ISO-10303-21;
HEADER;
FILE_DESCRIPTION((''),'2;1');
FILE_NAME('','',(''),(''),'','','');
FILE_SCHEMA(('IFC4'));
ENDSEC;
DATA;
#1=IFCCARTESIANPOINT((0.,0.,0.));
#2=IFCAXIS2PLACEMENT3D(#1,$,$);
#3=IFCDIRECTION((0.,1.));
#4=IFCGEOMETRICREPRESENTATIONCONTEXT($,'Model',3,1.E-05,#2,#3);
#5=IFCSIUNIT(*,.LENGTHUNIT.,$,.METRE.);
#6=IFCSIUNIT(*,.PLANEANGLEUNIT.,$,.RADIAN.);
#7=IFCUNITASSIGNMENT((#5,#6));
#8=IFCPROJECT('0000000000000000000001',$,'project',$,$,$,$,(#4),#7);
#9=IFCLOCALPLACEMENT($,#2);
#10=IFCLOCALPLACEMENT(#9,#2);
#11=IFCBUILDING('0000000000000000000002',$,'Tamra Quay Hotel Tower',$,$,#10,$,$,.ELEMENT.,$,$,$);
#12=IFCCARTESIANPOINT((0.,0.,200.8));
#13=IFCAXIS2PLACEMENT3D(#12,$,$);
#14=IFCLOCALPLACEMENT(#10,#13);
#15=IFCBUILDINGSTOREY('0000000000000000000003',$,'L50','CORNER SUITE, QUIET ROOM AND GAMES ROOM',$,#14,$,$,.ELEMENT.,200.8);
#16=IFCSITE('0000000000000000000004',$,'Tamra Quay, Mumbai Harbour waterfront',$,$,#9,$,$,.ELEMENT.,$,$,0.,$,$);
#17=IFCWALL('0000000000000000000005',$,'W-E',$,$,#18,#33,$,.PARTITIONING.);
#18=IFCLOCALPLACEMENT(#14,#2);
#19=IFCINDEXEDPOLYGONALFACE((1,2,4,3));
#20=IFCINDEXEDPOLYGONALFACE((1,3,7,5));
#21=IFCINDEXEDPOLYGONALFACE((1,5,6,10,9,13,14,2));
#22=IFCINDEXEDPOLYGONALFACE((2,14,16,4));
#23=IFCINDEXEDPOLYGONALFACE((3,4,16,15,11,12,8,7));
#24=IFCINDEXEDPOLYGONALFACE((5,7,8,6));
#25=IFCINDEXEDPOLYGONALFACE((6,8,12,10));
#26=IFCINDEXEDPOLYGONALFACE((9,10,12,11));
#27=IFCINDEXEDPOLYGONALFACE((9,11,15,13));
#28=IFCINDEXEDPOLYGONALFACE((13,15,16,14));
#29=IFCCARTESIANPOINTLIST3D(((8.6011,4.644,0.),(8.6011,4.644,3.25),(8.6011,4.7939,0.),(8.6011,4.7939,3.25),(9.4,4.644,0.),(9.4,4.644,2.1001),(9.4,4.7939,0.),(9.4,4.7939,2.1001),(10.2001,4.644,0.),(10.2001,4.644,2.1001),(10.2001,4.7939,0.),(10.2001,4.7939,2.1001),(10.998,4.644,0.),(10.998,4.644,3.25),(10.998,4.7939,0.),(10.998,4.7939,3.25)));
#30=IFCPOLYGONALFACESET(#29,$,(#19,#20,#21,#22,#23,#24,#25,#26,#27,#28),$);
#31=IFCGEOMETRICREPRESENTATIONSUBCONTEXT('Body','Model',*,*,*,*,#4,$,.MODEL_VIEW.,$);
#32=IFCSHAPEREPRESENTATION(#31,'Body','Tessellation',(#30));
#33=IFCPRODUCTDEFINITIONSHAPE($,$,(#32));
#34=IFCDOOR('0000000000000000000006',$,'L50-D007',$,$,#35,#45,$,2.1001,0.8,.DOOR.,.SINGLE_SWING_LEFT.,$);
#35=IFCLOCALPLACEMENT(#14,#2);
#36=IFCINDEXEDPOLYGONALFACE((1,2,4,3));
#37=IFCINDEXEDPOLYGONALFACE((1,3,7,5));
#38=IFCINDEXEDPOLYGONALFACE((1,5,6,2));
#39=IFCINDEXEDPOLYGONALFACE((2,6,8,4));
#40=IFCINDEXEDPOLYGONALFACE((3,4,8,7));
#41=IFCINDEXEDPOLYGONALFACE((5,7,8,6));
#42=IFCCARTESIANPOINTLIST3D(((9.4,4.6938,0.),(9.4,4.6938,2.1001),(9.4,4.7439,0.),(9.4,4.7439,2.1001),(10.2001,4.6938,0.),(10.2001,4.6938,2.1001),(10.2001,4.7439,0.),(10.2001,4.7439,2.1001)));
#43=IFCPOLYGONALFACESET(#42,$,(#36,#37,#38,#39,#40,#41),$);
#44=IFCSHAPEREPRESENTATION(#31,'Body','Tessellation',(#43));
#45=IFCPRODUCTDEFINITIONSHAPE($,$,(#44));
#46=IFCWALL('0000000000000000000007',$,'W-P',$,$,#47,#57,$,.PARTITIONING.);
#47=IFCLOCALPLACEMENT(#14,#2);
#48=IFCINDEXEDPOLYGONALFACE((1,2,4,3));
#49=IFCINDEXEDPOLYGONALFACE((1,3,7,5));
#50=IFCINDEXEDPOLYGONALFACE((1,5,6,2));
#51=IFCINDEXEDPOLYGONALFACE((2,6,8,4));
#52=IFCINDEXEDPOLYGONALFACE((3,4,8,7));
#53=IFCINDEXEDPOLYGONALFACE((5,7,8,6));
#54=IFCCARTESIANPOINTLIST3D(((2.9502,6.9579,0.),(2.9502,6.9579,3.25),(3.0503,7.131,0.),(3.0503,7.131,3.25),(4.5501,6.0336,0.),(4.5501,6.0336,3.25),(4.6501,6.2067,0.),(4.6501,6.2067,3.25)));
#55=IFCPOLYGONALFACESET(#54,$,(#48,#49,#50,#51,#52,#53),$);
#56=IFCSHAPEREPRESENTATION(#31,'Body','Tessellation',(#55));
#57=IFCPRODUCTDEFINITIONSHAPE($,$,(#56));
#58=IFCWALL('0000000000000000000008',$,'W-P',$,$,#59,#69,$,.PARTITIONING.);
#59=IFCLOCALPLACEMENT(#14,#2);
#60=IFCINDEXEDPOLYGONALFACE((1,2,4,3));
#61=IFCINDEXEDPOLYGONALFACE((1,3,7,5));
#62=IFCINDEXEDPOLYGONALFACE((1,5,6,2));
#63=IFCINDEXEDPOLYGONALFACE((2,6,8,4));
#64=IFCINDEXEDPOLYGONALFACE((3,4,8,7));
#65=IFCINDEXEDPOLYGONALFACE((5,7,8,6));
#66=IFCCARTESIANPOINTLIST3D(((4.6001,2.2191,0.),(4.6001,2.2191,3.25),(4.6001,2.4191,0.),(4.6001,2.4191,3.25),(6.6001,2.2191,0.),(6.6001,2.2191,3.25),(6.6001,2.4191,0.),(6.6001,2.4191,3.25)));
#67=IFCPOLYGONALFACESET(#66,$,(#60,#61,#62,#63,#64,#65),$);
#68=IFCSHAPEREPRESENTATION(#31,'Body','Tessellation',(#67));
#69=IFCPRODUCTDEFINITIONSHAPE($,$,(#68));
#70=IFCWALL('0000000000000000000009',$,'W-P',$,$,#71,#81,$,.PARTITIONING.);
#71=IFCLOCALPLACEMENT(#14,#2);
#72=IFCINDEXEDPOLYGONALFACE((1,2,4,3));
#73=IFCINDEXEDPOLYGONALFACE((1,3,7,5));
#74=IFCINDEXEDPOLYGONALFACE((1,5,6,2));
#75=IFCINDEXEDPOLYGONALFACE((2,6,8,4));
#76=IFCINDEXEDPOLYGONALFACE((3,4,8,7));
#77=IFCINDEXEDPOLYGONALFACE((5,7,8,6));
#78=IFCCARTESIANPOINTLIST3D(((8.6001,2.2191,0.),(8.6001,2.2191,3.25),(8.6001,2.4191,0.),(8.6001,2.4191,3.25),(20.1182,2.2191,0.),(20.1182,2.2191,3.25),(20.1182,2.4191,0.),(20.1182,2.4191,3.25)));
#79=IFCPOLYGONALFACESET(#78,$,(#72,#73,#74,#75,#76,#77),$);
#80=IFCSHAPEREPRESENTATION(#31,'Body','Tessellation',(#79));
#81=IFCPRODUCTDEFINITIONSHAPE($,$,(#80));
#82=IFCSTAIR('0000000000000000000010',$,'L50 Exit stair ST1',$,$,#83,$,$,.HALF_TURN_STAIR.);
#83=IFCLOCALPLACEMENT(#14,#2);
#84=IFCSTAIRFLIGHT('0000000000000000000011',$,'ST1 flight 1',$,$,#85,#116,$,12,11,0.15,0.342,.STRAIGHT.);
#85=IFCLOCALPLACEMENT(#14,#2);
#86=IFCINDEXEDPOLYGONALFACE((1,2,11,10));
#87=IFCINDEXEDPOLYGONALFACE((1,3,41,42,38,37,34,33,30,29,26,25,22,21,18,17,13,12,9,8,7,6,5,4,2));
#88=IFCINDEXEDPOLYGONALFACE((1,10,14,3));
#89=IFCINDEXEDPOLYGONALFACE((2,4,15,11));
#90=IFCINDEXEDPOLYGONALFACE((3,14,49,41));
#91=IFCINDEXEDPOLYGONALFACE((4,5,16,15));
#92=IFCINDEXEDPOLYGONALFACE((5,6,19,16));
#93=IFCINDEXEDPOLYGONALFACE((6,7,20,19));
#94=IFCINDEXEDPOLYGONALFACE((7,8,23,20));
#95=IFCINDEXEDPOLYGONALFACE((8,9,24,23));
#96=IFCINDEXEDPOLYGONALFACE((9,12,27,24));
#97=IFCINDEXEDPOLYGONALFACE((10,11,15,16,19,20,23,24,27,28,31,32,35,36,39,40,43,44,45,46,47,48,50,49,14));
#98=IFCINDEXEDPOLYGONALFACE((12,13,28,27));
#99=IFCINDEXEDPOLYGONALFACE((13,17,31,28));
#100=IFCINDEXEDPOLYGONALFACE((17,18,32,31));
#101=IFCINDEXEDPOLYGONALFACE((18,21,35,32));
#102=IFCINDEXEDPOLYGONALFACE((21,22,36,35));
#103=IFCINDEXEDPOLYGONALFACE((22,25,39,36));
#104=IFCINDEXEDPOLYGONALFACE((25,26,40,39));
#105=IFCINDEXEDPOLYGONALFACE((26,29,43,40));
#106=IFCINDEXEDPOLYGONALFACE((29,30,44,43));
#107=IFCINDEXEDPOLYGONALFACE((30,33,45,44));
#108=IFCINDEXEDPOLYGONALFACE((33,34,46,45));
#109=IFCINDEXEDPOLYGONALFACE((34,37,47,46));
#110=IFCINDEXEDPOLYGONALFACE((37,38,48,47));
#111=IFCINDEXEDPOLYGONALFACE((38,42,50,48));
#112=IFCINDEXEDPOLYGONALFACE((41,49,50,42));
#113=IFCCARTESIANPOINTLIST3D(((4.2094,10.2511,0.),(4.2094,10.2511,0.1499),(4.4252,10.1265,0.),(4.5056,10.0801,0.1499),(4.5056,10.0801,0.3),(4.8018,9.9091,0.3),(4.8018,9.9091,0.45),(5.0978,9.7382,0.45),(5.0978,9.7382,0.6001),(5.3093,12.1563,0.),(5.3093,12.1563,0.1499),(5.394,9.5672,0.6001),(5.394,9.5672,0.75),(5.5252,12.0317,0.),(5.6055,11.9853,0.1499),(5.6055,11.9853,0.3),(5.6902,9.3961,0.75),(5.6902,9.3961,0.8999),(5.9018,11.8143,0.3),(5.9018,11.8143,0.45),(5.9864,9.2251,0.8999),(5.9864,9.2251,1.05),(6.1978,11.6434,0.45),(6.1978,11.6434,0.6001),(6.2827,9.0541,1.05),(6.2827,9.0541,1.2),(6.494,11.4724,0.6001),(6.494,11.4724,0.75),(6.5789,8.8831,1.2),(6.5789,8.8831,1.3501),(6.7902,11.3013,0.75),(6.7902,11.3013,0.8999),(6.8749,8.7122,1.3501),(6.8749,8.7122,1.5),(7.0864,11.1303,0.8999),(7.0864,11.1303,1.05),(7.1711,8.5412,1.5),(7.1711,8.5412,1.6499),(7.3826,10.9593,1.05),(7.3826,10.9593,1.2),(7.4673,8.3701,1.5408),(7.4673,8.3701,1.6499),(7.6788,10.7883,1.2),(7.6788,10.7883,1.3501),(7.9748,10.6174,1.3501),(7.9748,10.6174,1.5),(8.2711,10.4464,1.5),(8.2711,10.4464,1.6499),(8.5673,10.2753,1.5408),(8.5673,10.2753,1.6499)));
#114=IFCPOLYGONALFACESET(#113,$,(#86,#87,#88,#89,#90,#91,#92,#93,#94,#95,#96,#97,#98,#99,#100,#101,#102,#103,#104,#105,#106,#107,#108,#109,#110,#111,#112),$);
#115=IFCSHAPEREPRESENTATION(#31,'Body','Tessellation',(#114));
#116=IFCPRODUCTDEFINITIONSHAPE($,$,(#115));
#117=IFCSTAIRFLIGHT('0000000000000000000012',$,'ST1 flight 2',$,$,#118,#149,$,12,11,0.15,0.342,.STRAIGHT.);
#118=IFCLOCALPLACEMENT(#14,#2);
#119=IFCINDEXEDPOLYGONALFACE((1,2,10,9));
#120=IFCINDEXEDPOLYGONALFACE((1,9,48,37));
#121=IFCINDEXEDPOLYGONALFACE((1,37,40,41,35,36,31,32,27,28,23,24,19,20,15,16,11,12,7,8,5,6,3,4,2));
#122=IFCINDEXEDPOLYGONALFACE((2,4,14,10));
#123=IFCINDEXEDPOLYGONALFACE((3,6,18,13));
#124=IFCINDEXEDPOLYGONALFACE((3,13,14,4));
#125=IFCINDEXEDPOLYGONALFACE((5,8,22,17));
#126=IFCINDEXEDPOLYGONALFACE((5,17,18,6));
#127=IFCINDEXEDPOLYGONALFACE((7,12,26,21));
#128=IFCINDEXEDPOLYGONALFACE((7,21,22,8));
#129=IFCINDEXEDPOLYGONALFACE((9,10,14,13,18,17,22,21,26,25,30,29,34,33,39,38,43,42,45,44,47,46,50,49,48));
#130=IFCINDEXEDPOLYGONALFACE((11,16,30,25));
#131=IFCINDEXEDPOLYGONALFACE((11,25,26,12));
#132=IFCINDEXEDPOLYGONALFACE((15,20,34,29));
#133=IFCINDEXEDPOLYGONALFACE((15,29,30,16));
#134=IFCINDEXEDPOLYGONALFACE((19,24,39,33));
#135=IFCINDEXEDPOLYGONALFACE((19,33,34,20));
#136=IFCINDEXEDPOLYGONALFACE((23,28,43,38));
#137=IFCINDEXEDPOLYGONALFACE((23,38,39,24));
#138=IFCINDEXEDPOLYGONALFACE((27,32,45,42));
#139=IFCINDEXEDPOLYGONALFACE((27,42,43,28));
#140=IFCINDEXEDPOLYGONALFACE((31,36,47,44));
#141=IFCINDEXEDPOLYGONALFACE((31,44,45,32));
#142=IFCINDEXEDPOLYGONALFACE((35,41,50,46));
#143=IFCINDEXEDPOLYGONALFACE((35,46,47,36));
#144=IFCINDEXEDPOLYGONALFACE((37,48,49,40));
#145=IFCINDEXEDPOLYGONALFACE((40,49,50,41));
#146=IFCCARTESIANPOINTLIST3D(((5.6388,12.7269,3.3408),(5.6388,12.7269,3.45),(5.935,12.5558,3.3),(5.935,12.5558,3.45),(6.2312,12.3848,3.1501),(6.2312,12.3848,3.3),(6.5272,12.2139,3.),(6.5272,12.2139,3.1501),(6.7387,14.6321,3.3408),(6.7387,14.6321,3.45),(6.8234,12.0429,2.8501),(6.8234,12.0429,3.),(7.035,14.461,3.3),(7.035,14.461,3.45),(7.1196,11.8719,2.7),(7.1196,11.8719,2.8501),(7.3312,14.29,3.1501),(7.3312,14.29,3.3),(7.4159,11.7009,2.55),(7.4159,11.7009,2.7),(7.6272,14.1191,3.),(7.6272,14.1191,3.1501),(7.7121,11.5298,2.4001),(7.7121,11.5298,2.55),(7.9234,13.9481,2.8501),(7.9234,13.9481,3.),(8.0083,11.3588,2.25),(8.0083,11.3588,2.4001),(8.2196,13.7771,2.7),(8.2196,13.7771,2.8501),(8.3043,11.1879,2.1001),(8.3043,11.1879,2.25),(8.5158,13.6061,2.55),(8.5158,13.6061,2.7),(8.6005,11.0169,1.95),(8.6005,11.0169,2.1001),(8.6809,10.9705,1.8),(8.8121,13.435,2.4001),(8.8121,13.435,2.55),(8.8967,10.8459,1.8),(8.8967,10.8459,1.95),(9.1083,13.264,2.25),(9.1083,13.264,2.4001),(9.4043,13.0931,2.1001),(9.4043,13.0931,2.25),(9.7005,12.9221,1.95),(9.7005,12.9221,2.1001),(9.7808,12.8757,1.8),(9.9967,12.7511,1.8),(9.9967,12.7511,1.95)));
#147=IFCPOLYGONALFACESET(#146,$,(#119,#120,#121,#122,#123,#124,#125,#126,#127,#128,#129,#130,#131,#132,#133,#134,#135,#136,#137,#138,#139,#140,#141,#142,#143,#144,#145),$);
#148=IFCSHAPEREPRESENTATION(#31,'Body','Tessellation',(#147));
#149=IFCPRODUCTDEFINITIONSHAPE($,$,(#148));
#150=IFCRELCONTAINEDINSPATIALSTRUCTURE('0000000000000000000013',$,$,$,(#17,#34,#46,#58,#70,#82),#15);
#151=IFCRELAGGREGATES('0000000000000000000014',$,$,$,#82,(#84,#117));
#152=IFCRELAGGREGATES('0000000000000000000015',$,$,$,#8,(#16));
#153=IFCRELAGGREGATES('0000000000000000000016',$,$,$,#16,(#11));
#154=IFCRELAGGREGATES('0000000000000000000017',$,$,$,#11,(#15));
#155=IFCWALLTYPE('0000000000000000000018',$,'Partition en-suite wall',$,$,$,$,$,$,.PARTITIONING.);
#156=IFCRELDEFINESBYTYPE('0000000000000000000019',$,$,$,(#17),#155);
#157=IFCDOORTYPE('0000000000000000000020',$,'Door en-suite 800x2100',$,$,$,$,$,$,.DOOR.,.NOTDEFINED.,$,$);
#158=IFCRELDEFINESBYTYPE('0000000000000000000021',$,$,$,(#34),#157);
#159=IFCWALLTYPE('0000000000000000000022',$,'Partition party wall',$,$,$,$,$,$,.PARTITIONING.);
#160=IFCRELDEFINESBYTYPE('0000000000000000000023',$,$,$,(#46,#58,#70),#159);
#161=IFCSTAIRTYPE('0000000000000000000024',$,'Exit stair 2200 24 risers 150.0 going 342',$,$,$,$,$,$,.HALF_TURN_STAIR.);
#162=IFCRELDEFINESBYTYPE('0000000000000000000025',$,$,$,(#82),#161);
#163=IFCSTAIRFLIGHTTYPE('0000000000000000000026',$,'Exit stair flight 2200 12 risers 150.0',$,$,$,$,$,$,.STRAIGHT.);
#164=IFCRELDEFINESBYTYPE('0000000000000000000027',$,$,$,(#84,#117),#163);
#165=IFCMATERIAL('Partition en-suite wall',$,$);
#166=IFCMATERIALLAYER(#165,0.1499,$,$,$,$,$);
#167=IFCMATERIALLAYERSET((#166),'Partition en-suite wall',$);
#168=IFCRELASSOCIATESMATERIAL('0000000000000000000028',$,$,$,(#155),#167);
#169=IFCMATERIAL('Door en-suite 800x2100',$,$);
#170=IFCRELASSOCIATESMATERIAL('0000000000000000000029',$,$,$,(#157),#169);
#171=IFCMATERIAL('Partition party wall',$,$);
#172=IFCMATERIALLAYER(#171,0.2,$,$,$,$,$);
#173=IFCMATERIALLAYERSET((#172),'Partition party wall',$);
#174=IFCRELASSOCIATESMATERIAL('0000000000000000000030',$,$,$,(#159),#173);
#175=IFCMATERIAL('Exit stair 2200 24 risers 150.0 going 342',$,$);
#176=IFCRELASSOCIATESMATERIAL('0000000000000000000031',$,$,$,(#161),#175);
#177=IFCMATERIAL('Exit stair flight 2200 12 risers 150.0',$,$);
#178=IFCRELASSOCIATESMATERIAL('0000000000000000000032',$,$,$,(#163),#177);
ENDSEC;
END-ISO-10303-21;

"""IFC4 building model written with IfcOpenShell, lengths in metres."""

from ifc_helpers import new_model, si_unit, direction, frame, frame_2d, origin, place, context, subcontext, project, spatial, polyline, rectangle, outline, extrude, material, layer, layer_set, type_object, element, fill, aggregate, save


model = new_model("IFC4")

# Units and contexts
model_context = context("Model", 3, precision=1e-05, world=origin(), true_north=direction((0.0, 1.0)))
body_context = subcontext(model_context, "Body", "Model", "MODEL_VIEW")
ifc_project = project(units=[si_unit("LENGTHUNIT", "METRE"), si_unit("PLANEANGLEUNIT", "RADIAN")], contexts=[model_context])

# Site, building, storey
site_placement = place(None, origin())
site = spatial("IfcSite", under=ifc_project, at=site_placement, Name="Tamra Quay, Mumbai Harbour waterfront", CompositionType="ELEMENT", RefElevation=0.0)
building_placement = place(site_placement, origin())
building = spatial("IfcBuilding", under=site, at=building_placement, Name="Tamra Quay Hotel Tower", CompositionType="ELEMENT")
storey_placement = place(building_placement, frame((0.0, 0.0, 200.8)))
storey = spatial("IfcBuildingStorey", under=building, at=storey_placement, Name="L50", Description="CORNER SUITE, QUIET ROOM AND GAMES ROOM", CompositionType="ELEMENT", Elevation=200.8)

# Wall, opening, door
ifc_material_1 = material(Name="Partition en-suite wall")
ifc_layer_1 = layer(ifc_material_1, 0.1499)
ifc_layer_set_1 = layer_set([ifc_layer_1], Name="Partition en-suite wall")
wall_type_1 = type_object("IfcWallType", Name="Partition en-suite wall", PredefinedType="PARTITIONING", material=ifc_layer_set_1)
wall_1_placement = place(storey_placement, frame((8.6011, 4.719, 0.0), z_axis=(0.0, 0.0, 1.0), x_axis=(1.0, 0.0, 0.0)))
wall_1 = element("IfcWall", 1, at=wall_1_placement, inside=storey, type_object=wall_type_1, Name="W-E", PredefinedType="PARTITIONING", context=body_context, shape_type="SweptSolid", body=[
    extrude(rectangle(XDim=2.397, YDim=0.1499, at=frame_2d((1.1985, 0.0))), origin(), (0.0, 0.0, 1.0), 3.25),
])
opening_1_placement = place(wall_1_placement, frame((0.7991, 0.0, 0.0)))
opening_1 = element("IfcOpeningElement", 2, at=opening_1_placement, cuts=wall_1, PredefinedType="OPENING", context=body_context, shape_type="SweptSolid", body=[
    extrude(rectangle(XDim=0.8, YDim=2.1001, at=frame_2d((0.3999, 1.05))), frame((0.0, 0.085, 0.0), z_axis=(0.0, -1.0, 0.0), x_axis=(1.0, 0.0, 0.0)), (0.0, 0.0, 1.0), 0.1699),
])
ifc_material_2 = material(Name="Door en-suite 800x2100")
door_type_1 = type_object("IfcDoorType", Name="Door en-suite 800x2100", OperationType="NOTDEFINED", PredefinedType="DOOR", material=ifc_material_2)
door_1_placement = place(opening_1_placement, origin())
door_1 = element("IfcDoor", 3, at=door_1_placement, inside=storey, type_object=door_type_1, Name="L50-D007", OperationType="SINGLE_SWING_LEFT", OverallHeight=2.1001, OverallWidth=0.8, PredefinedType="DOOR", context=body_context, shape_type="SweptSolid", body=[
    extrude(rectangle(XDim=0.8, YDim=2.1001, at=frame_2d((0.3999, 1.05))), frame((0.0, 0.0249, 0.0), z_axis=(0.0, -1.0, 0.0), x_axis=(1.0, 0.0, 0.0)), (0.0, 0.0, 1.0), 0.05),
])
fill(opening_1, door_1)

# Walls
ifc_material_3 = material(Name="Partition party wall")
ifc_layer_2 = layer(ifc_material_3, 0.2)
ifc_layer_set_2 = layer_set([ifc_layer_2], Name="Partition party wall")
wall_type_2 = type_object("IfcWallType", Name="Partition party wall", PredefinedType="PARTITIONING", material=ifc_layer_set_2)
wall_2_placement = place(storey_placement, frame((3.0002, 7.0444, 0.0), z_axis=(0.0, 0.0, 1.0), x_axis=(0.865875, -0.50026, 0.0)))
element("IfcWall", 4, at=wall_2_placement, inside=storey, type_object=wall_type_2, Name="W-P", PredefinedType="PARTITIONING", context=body_context, shape_type="SweptSolid", body=[
    extrude(rectangle(XDim=1.8477, YDim=0.2, at=frame_2d((0.9238, 0.0))), origin(), (0.0, 0.0, 1.0), 3.25),
])
wall_3_placement = place(storey_placement, frame((4.6001, 2.3191, 0.0), z_axis=(0.0, 0.0, 1.0), x_axis=(1.0, 0.0, 0.0)))
element("IfcWall", 5, at=wall_3_placement, inside=storey, type_object=wall_type_2, Name="W-P", PredefinedType="PARTITIONING", context=body_context, shape_type="SweptSolid", body=[
    extrude(rectangle(XDim=2.0, YDim=0.2, at=frame_2d((1.0, 0.0))), origin(), (0.0, 0.0, 1.0), 3.25),
])
wall_4_placement = place(storey_placement, frame((8.6001, 2.3191, 0.0), z_axis=(0.0, 0.0, 1.0), x_axis=(1.0, 0.0, 0.0)))
element("IfcWall", 6, at=wall_4_placement, inside=storey, type_object=wall_type_2, Name="W-P", PredefinedType="PARTITIONING", context=body_context, shape_type="SweptSolid", body=[
    extrude(rectangle(XDim=11.5181, YDim=0.2, at=frame_2d((5.759, 0.0))), origin(), (0.0, 0.0, 1.0), 3.25),
])

# Stair, stair flights
ifc_material_4 = material(Name="Exit stair 2200 24 risers 150.0 going 342")
stair_type = type_object("IfcStairType", Name="Exit stair 2200 24 risers 150.0 going 342", PredefinedType="HALF_TURN_STAIR", material=ifc_material_4)
stair_placement = place(storey_placement, origin())
stair = element("IfcStair", 7, at=stair_placement, inside=storey, type_object=stair_type, Name="L50 Exit stair ST1", PredefinedType="HALF_TURN_STAIR")
ifc_material_5 = material(Name="Exit stair flight 2200 12 risers 150.0")
stair_flight_type = type_object("IfcStairFlightType", Name="Exit stair flight 2200 12 risers 150.0", PredefinedType="STRAIGHT", material=ifc_material_5)
stair_flight_1_placement = place(storey_placement, frame((4.7593, 11.2036, 0.0), z_axis=(0.0, 0.0, 1.0), x_axis=(0.866025, -0.5, 0.0)))
stair_flight_1 = element("IfcStairFlight", 8, at=stair_flight_1_placement, type_object=stair_flight_type, Name="ST1 flight 1", NumberOfRisers=12, NumberOfTreads=11, PredefinedType="STRAIGHT", RiserHeight=0.15, TreadLength=0.342, context=body_context, shape_type="SweptSolid", body=[
    extrude(outline(polyline([(0.0, 0.0), (0.0, 0.1499), (0.342, 0.1499), (0.342, 0.3), (0.6841, 0.3), (0.6841, 0.45), (1.0259, 0.45), (1.0259, 0.6001), (1.3679, 0.6001), (1.3679, 0.75), (1.71, 0.75), (1.71, 0.8999), (2.052, 0.8999), (2.052, 1.05), (2.394, 1.05), (2.394, 1.2), (2.7361, 1.2), (2.7361, 1.3501), (3.0779, 1.3501), (3.0779, 1.5), (3.4199, 1.5), (3.4199, 1.6499), (3.762, 1.6499), (3.762, 1.8), (3.762, 1.5408), (0.2493, 0.0), (0.0, 0.0)])), frame((0.0, 1.1001, 0.0), z_axis=(0.0, -1.0, 0.0), x_axis=(1.0, 0.0, 0.0)), (0.0, 0.0, 1.0), 2.2),
])
stair_flight_2_placement = place(storey_placement, frame((9.4468, 11.7986, 1.8), z_axis=(0.0, 0.0, 1.0), x_axis=(-0.866025, 0.5, 0.0)))
stair_flight_2 = element("IfcStairFlight", 9, at=stair_flight_2_placement, type_object=stair_flight_type, Name="ST1 flight 2", NumberOfRisers=12, NumberOfTreads=11, PredefinedType="STRAIGHT", RiserHeight=0.15, TreadLength=0.342, context=body_context, shape_type="SweptSolid", body=[
    extrude(outline(polyline([(0.0, 0.0), (0.0, 0.1499), (0.342, 0.1499), (0.342, 0.3), (0.6841, 0.3), (0.6841, 0.45), (1.0259, 0.45), (1.0259, 0.6001), (1.3679, 0.6001), (1.3679, 0.75), (1.71, 0.75), (1.71, 0.8999), (2.052, 0.8999), (2.052, 1.05), (2.394, 1.05), (2.394, 1.2), (2.7361, 1.2), (2.7361, 1.3501), (3.0779, 1.3501), (3.0779, 1.5), (3.4199, 1.5), (3.4199, 1.6499), (3.762, 1.6499), (3.762, 1.8), (3.762, 1.5408), (0.2493, 0.0), (0.0, 0.0)])), frame((0.0, 1.1001, 0.0), z_axis=(0.0, -1.0, 0.0), x_axis=(1.0, 0.0, 0.0)), (0.0, 0.0, 1.0), 2.2),
])
aggregate(stair, [stair_flight_1, stair_flight_2])

save(model, "model.ifc")
